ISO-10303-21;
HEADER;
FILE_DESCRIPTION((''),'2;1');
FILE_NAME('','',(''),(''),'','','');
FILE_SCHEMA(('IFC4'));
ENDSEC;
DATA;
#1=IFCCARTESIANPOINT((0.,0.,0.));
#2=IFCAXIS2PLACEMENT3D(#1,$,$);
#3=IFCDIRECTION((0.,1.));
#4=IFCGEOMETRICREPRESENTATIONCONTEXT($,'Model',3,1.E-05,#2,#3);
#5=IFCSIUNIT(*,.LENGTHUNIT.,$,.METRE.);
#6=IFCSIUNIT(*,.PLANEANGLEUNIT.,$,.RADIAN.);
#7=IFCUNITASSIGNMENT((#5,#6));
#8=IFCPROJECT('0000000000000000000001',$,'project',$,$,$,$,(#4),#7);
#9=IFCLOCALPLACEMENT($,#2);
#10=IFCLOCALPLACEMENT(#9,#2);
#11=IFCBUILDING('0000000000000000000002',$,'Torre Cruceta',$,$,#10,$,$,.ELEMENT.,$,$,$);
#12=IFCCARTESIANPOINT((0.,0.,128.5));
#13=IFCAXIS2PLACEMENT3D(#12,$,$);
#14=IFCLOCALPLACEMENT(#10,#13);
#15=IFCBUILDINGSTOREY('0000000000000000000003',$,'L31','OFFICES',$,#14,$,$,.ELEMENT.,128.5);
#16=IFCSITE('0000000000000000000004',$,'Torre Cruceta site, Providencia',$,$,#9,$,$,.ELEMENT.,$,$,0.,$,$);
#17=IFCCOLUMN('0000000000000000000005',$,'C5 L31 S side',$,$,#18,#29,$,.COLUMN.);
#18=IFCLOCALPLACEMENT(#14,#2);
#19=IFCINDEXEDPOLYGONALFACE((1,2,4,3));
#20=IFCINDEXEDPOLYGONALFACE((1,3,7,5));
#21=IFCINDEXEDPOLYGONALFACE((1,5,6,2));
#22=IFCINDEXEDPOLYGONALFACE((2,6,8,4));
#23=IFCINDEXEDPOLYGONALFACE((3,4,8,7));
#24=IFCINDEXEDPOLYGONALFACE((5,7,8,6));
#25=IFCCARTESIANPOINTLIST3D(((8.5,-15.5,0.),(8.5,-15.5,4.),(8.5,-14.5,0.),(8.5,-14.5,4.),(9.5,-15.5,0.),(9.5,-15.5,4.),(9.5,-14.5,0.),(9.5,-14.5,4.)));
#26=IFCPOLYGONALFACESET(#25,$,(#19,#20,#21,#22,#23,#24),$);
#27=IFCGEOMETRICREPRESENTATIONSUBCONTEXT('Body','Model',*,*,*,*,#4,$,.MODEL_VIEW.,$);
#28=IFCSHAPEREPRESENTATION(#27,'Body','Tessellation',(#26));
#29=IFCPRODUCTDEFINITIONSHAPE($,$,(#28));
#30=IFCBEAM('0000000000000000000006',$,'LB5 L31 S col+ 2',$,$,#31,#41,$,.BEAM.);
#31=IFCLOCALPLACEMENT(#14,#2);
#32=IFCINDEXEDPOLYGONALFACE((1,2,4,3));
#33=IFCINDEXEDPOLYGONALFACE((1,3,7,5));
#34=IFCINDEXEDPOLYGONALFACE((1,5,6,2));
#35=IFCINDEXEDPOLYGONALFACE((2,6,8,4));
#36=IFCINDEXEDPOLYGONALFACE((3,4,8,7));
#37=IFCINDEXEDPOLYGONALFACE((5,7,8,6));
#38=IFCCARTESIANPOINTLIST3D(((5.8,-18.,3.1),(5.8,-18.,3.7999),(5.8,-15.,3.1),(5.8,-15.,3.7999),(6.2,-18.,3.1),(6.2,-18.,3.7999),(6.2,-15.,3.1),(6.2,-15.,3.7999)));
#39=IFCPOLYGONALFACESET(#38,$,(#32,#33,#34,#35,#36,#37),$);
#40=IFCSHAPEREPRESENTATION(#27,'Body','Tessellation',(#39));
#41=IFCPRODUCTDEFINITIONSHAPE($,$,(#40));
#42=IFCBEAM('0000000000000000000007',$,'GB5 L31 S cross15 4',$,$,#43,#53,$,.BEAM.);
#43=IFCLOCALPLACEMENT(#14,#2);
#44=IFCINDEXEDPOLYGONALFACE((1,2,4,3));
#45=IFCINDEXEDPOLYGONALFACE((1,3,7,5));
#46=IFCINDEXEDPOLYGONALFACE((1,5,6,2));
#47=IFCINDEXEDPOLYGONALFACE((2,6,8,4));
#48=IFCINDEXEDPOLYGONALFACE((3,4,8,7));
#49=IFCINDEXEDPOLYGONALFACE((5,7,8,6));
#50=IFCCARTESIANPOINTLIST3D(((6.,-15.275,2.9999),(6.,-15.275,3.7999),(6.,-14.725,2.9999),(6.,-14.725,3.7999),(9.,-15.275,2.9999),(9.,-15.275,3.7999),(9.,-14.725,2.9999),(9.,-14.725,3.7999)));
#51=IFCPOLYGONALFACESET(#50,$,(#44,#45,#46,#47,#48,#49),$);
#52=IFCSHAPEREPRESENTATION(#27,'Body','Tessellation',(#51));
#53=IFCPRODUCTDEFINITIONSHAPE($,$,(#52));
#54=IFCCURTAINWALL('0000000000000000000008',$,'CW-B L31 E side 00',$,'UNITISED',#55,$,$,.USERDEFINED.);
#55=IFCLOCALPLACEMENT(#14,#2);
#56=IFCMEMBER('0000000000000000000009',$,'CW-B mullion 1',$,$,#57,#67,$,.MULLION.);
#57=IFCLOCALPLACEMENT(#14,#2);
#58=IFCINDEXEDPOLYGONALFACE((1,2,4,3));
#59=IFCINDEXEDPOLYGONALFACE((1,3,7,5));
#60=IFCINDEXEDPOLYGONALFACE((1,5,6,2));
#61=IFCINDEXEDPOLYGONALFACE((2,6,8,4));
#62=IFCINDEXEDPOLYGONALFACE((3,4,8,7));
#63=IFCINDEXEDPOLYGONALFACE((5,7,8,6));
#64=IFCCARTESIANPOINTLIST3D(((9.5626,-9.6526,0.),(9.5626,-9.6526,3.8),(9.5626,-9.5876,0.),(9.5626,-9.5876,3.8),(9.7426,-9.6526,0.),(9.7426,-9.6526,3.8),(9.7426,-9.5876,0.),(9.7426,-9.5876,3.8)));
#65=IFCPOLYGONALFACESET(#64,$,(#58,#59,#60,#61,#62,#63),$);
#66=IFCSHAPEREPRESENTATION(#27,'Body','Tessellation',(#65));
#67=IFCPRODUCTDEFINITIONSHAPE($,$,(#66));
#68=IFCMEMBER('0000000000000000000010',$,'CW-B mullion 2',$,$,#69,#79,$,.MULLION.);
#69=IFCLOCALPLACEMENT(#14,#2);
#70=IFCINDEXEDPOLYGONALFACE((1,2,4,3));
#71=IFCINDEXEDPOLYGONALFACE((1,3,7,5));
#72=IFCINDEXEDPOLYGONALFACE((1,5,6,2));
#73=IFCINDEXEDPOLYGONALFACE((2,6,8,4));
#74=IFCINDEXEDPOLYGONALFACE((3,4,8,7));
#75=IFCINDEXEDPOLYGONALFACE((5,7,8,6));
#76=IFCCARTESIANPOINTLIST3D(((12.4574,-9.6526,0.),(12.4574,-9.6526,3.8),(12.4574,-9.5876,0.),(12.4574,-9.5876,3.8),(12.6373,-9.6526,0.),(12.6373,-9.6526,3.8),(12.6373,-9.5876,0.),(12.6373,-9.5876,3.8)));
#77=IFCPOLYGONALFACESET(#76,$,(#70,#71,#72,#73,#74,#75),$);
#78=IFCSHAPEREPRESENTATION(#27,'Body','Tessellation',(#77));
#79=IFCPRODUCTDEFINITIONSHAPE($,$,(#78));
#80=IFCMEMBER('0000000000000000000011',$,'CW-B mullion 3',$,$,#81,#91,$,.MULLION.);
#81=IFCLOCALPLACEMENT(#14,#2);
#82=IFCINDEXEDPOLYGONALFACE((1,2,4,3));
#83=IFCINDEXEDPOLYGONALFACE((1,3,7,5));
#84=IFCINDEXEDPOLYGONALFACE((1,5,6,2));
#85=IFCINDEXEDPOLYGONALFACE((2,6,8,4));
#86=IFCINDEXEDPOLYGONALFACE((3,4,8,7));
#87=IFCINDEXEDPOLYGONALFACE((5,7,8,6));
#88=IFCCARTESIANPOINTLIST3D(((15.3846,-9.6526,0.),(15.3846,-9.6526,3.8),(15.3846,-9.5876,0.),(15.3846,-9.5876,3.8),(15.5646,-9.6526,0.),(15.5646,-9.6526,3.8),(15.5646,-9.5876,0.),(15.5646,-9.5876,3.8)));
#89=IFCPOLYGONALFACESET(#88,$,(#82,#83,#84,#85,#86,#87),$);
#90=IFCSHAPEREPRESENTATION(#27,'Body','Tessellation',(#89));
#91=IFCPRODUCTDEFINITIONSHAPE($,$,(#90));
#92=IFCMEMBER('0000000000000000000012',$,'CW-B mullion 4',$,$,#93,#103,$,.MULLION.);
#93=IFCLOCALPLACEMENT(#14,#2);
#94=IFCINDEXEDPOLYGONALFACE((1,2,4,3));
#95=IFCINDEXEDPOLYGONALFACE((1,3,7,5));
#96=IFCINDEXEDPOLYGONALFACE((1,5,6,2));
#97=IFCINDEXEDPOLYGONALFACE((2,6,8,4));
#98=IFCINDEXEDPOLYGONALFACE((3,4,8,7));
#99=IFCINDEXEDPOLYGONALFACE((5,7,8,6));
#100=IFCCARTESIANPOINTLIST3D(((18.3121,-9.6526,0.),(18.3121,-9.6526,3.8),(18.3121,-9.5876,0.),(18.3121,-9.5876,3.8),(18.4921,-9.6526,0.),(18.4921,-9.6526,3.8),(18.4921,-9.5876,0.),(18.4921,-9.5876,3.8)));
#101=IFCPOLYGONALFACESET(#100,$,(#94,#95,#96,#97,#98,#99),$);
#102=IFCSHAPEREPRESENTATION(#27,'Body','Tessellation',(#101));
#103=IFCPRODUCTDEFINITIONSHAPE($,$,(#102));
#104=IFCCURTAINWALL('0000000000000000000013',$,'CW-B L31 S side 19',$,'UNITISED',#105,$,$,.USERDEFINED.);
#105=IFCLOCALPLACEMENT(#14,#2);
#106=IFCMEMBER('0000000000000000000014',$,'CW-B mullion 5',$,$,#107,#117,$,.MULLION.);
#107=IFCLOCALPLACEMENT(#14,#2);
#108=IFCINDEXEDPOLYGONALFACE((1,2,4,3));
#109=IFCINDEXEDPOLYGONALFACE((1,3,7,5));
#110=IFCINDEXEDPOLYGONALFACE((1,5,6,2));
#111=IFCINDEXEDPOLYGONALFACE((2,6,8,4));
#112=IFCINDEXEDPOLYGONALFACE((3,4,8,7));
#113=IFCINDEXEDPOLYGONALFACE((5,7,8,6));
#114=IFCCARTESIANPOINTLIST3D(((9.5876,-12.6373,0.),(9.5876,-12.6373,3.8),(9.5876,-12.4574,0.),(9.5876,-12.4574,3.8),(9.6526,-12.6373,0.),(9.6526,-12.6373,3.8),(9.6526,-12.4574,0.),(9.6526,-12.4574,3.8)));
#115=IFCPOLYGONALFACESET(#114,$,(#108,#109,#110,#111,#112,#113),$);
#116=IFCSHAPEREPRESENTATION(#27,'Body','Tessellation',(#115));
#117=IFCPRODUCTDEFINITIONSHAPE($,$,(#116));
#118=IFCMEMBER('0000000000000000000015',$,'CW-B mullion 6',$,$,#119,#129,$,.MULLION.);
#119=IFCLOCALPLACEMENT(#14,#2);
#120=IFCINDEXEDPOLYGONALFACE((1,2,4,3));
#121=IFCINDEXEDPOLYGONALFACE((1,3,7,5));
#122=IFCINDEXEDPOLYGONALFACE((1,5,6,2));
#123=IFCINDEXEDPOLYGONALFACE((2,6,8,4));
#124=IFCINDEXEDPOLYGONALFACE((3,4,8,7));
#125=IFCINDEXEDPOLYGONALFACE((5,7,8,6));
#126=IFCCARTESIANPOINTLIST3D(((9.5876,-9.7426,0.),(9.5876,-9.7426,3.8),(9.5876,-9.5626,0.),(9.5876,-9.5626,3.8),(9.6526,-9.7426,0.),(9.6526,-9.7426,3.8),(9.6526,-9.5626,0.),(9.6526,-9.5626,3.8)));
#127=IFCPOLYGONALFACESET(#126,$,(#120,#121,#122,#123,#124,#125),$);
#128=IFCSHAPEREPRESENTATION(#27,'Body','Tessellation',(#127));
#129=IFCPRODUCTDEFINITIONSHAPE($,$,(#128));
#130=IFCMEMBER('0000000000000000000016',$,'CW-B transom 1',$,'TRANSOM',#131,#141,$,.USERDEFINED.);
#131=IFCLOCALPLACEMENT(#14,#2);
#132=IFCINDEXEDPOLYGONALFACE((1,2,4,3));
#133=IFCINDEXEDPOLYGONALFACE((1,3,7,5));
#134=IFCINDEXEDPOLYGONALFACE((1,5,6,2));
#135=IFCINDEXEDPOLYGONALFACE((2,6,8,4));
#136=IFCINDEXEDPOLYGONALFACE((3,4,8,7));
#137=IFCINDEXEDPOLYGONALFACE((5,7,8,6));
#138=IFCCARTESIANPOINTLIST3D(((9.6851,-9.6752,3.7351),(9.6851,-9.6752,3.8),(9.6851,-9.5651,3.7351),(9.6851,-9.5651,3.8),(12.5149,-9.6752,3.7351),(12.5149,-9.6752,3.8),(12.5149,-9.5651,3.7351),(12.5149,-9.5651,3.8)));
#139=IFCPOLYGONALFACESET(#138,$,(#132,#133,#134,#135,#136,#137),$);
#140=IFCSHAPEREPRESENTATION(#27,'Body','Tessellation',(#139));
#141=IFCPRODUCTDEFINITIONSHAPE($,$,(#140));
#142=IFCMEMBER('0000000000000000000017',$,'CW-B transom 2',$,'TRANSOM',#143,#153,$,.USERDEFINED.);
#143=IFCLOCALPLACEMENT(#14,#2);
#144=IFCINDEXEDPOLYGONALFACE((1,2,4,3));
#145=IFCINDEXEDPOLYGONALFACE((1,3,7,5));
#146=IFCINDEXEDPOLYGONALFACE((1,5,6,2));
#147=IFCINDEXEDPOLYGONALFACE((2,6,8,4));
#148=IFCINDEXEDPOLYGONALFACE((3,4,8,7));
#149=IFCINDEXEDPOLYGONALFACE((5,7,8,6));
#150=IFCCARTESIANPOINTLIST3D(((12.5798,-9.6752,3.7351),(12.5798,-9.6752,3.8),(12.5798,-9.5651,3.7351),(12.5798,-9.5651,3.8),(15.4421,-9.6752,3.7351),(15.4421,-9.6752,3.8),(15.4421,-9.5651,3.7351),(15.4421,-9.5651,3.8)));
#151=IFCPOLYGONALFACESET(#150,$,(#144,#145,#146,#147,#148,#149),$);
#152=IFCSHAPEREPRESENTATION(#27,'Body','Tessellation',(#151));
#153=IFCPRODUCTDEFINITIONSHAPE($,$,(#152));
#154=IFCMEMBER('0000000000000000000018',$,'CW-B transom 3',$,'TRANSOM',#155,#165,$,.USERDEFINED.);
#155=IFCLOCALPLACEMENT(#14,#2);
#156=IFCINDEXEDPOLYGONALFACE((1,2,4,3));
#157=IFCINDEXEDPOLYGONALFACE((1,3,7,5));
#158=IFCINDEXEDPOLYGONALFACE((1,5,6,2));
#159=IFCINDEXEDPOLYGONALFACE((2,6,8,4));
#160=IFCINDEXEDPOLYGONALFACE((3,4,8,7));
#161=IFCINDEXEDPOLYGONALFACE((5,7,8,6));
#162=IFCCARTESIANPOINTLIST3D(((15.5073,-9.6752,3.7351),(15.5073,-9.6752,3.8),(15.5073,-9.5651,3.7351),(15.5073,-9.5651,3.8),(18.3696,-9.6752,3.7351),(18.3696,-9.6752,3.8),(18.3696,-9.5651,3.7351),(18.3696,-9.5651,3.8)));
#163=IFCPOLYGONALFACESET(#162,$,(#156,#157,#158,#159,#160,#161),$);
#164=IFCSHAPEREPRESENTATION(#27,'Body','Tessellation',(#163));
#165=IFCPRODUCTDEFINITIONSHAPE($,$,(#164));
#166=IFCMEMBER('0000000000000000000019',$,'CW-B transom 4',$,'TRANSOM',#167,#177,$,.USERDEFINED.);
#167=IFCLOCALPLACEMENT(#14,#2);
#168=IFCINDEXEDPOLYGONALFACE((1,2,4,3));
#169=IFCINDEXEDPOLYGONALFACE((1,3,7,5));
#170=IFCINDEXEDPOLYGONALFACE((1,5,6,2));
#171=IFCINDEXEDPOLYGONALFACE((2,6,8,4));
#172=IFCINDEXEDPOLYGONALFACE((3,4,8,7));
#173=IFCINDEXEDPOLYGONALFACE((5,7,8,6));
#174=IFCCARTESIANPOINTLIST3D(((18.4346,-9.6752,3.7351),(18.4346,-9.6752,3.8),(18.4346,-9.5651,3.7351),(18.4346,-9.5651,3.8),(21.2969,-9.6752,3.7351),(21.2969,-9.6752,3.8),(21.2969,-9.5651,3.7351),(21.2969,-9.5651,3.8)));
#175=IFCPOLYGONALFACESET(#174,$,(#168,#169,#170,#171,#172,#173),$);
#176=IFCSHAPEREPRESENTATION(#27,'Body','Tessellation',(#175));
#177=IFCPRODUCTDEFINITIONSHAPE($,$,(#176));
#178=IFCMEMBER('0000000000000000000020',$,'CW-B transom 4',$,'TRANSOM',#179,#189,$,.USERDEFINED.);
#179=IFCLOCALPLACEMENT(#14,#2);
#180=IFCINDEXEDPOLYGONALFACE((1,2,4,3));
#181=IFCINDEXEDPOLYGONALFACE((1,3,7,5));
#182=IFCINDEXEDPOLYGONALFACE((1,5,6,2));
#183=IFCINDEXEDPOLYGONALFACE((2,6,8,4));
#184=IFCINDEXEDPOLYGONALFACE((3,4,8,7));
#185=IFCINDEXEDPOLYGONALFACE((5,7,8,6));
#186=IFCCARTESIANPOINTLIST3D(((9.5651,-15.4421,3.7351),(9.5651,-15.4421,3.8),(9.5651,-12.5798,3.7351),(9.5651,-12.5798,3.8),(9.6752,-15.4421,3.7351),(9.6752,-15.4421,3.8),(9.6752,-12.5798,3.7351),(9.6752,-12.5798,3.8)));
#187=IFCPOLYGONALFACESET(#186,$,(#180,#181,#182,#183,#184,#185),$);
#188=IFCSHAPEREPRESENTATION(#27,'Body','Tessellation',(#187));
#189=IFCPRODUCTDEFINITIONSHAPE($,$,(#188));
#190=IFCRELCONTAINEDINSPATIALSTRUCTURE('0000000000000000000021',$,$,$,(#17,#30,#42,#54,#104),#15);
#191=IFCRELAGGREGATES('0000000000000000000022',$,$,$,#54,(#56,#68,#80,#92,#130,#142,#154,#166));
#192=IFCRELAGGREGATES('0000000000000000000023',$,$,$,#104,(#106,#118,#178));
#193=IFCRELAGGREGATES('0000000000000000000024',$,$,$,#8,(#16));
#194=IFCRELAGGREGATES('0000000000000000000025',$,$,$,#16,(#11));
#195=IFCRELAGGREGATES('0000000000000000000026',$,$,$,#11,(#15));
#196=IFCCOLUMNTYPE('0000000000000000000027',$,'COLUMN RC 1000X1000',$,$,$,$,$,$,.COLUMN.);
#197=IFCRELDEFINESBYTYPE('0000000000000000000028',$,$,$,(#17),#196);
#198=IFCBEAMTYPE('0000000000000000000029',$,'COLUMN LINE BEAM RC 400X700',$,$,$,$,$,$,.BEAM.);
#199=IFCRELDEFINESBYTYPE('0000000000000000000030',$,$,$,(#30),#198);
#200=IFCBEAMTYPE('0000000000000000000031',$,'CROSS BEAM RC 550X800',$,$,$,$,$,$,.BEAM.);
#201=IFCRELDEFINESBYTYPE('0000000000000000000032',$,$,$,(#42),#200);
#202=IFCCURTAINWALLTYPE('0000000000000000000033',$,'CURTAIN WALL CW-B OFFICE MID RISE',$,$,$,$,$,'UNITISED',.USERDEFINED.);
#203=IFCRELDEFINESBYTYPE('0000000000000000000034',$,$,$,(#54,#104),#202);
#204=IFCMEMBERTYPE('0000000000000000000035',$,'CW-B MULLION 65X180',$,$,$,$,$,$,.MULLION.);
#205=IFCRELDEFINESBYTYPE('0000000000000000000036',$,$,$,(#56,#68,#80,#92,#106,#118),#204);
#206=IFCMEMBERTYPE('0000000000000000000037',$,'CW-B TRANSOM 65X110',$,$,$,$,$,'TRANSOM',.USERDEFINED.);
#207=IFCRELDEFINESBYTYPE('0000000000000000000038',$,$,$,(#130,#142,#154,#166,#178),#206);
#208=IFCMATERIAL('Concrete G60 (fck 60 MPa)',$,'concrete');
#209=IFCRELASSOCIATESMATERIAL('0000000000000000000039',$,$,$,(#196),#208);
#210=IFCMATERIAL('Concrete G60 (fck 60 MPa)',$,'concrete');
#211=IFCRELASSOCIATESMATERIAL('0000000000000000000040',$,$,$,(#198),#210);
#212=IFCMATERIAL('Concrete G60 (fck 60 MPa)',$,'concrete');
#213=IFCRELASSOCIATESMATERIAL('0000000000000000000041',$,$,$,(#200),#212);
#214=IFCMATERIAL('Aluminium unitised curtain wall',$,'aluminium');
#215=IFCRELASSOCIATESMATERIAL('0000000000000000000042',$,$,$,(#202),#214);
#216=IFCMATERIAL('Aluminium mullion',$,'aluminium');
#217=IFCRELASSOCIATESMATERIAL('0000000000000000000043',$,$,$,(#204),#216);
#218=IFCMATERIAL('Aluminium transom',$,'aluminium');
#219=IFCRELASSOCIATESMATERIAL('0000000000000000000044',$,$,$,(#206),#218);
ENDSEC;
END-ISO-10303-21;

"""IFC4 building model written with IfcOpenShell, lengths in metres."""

from ifc_helpers import new_model, si_unit, direction, frame, origin, origin_2d, place, context, subcontext, project, spatial, rectangle, extrude, material, material_profile, profile_set, type_object, element, aggregate, save


model = new_model("IFC4")

# Units and contexts
model_context = context("Model", 3, precision=1e-05, world=origin(), true_north=direction((0.0, 1.0)))
body_context = subcontext(model_context, "Body", "Model", "MODEL_VIEW")
ifc_project = project(units=[si_unit("LENGTHUNIT", "METRE"), si_unit("PLANEANGLEUNIT", "RADIAN")], contexts=[model_context])

# Site, building, storey
site_placement = place(None, origin())
site = spatial("IfcSite", under=ifc_project, at=site_placement, Name="Torre Cruceta site, Providencia", CompositionType="ELEMENT", RefElevation=0.0)
building_placement = place(site_placement, origin())
building = spatial("IfcBuilding", under=site, at=building_placement, Name="Torre Cruceta", CompositionType="ELEMENT")
storey_placement = place(building_placement, frame((0.0, 0.0, 128.5)))
storey = spatial("IfcBuildingStorey", under=building, at=storey_placement, Name="L31", Description="OFFICES", CompositionType="ELEMENT", Elevation=128.5)

# Column
ifc_material_1 = material(Name="Concrete G60 (fck 60 MPa)", Category="concrete")
ifc_material_profile_1 = material_profile(ifc_material_1, rectangle(XDim=1.0, YDim=1.0, at=origin_2d()), Name="RC 1000X1000")
ifc_profile_set_1 = profile_set([ifc_material_profile_1], Name="Concrete G60 (fck 60 MPa)")
column_type = type_object("IfcColumnType", Name="COLUMN RC 1000X1000", PredefinedType="COLUMN", material=ifc_profile_set_1)
column_placement = place(storey_placement, frame((9.0, -15.0, 0.0), z_axis=(0.0, 0.0, 1.0), x_axis=(1.0, 0.0, 0.0)))
element("IfcColumn", 1, at=column_placement, inside=storey, type_object=column_type, Name="C5 L31 S side", PredefinedType="COLUMN", context=body_context, shape_type="SweptSolid", body=[
    extrude(rectangle(XDim=1.0, YDim=1.0, at=origin_2d()), origin(), (0.0, 0.0, 1.0), 4.0),
])

# Beams
ifc_material_2 = material(Name="Concrete G60 (fck 60 MPa)", Category="concrete")
ifc_material_profile_2 = material_profile(ifc_material_2, rectangle(XDim=0.3999, YDim=0.7, at=origin_2d()), Name="RC 400X700")
ifc_profile_set_2 = profile_set([ifc_material_profile_2], Name="Concrete G60 (fck 60 MPa)")
beam_type_1 = type_object("IfcBeamType", Name="COLUMN LINE BEAM RC 400X700", PredefinedType="BEAM", material=ifc_profile_set_2)
beam_1_placement = place(storey_placement, frame((6.0, -15.0, 3.45), z_axis=(0.0, -1.0, 0.0), x_axis=(1.0, 0.0, 0.0)))
element("IfcBeam", 2, at=beam_1_placement, inside=storey, type_object=beam_type_1, Name="LB5 L31 S col+ 2", PredefinedType="BEAM", context=body_context, shape_type="SweptSolid", body=[
    extrude(rectangle(XDim=0.3999, YDim=0.7, at=origin_2d()), origin(), (0.0, 0.0, 1.0), 3.0),
])
ifc_material_3 = material(Name="Concrete G60 (fck 60 MPa)", Category="concrete")
ifc_material_profile_3 = material_profile(ifc_material_3, rectangle(XDim=0.55, YDim=0.8, at=origin_2d()), Name="RC 550X800")
ifc_profile_set_3 = profile_set([ifc_material_profile_3], Name="Concrete G60 (fck 60 MPa)")
beam_type_2 = type_object("IfcBeamType", Name="CROSS BEAM RC 550X800", PredefinedType="BEAM", material=ifc_profile_set_3)
beam_2_placement = place(storey_placement, frame((6.0, -15.0, 3.3999), z_axis=(1.0, 0.0, 0.0), x_axis=(0.0, 1.0, 0.0)))
element("IfcBeam", 3, at=beam_2_placement, inside=storey, type_object=beam_type_2, Name="GB5 L31 S cross15 4", PredefinedType="BEAM", context=body_context, shape_type="SweptSolid", body=[
    extrude(rectangle(XDim=0.55, YDim=0.8, at=origin_2d()), origin(), (0.0, 0.0, 1.0), 3.0),
])

# Curtain walls, members
ifc_material_4 = material(Name="Aluminium unitised curtain wall", Category="aluminium")
curtain_wall_type = type_object("IfcCurtainWallType", Name="CURTAIN WALL CW-B OFFICE MID RISE", ElementType="UNITISED", PredefinedType="USERDEFINED", material=ifc_material_4)
curtain_wall_1_placement = place(storey_placement, origin())
curtain_wall_1 = element("IfcCurtainWall", 4, at=curtain_wall_1_placement, inside=storey, type_object=curtain_wall_type, Name="CW-B L31 E side 00", ObjectType="UNITISED", PredefinedType="USERDEFINED")
ifc_material_5 = material(Name="Aluminium mullion", Category="aluminium")
ifc_material_profile_4 = material_profile(ifc_material_5, rectangle(XDim=0.0649, YDim=0.1799, at=origin_2d()), Name="AL 65X180")
ifc_profile_set_4 = profile_set([ifc_material_profile_4], Name="Aluminium mullion")
member_type_1 = type_object("IfcMemberType", Name="CW-B MULLION 65X180", PredefinedType="MULLION", material=ifc_profile_set_4)
member_1_placement = place(storey_placement, frame((9.6526, -9.6201, 0.0), z_axis=(0.0, 0.0, 1.0), x_axis=(0.0, 1.0, 0.0)))
member_1 = element("IfcMember", 5, at=member_1_placement, type_object=member_type_1, Name="CW-B mullion 1", PredefinedType="MULLION", context=body_context, shape_type="SweptSolid", body=[
    extrude(rectangle(XDim=0.0649, YDim=0.1799, at=origin_2d()), origin(), (0.0, 0.0, 1.0), 3.8),
])
member_2_placement = place(storey_placement, frame((12.5474, -9.6201, 0.0), z_axis=(0.0, 0.0, 1.0), x_axis=(0.0, 1.0, 0.0)))
member_2 = element("IfcMember", 6, at=member_2_placement, type_object=member_type_1, Name="CW-B mullion 2", PredefinedType="MULLION", context=body_context, shape_type="SweptSolid", body=[
    extrude(rectangle(XDim=0.0649, YDim=0.1799, at=origin_2d()), origin(), (0.0, 0.0, 1.0), 3.8),
])
member_3_placement = place(storey_placement, frame((15.4746, -9.6201, 0.0), z_axis=(0.0, 0.0, 1.0), x_axis=(0.0, 1.0, 0.0)))
member_3 = element("IfcMember", 7, at=member_3_placement, type_object=member_type_1, Name="CW-B mullion 3", PredefinedType="MULLION", context=body_context, shape_type="SweptSolid", body=[
    extrude(rectangle(XDim=0.0649, YDim=0.1799, at=origin_2d()), origin(), (0.0, 0.0, 1.0), 3.8),
])
member_4_placement = place(storey_placement, frame((18.4021, -9.6201, 0.0), z_axis=(0.0, 0.0, 1.0), x_axis=(0.0, 1.0, 0.0)))
member_4 = element("IfcMember", 8, at=member_4_placement, type_object=member_type_1, Name="CW-B mullion 4", PredefinedType="MULLION", context=body_context, shape_type="SweptSolid", body=[
    extrude(rectangle(XDim=0.0649, YDim=0.1799, at=origin_2d()), origin(), (0.0, 0.0, 1.0), 3.8),
])
curtain_wall_2_placement = place(storey_placement, origin())
curtain_wall_2 = element("IfcCurtainWall", 9, at=curtain_wall_2_placement, inside=storey, type_object=curtain_wall_type, Name="CW-B L31 S side 19", ObjectType="UNITISED", PredefinedType="USERDEFINED")
member_5_placement = place(storey_placement, frame((9.6201, -12.5474, 0.0), z_axis=(0.0, 0.0, 1.0), x_axis=(-1.0, 0.0, 0.0)))
member_5 = element("IfcMember", 10, at=member_5_placement, type_object=member_type_1, Name="CW-B mullion 5", PredefinedType="MULLION", context=body_context, shape_type="SweptSolid", body=[
    extrude(rectangle(XDim=0.0649, YDim=0.1799, at=origin_2d()), origin(), (0.0, 0.0, 1.0), 3.8),
])
member_6_placement = place(storey_placement, frame((9.6201, -9.6526, 0.0), z_axis=(0.0, 0.0, 1.0), x_axis=(-1.0, 0.0, 0.0)))
member_6 = element("IfcMember", 11, at=member_6_placement, type_object=member_type_1, Name="CW-B mullion 6", PredefinedType="MULLION", context=body_context, shape_type="SweptSolid", body=[
    extrude(rectangle(XDim=0.0649, YDim=0.1799, at=origin_2d()), origin(), (0.0, 0.0, 1.0), 3.8),
])

# Members
ifc_material_6 = material(Name="Aluminium transom", Category="aluminium")
ifc_material_profile_5 = material_profile(ifc_material_6, rectangle(XDim=0.1101, YDim=0.0649, at=origin_2d()), Name="AL 110X65")
ifc_profile_set_5 = profile_set([ifc_material_profile_5], Name="Aluminium transom")
member_type_2 = type_object("IfcMemberType", Name="CW-B TRANSOM 65X110", ElementType="TRANSOM", PredefinedType="USERDEFINED", material=ifc_profile_set_5)
member_7_placement = place(storey_placement, frame((9.6851, -9.6201, 3.7676), z_axis=(1.0, 0.0, 0.0), x_axis=(0.0, 1.0, 0.0)))
member_7 = element("IfcMember", 12, at=member_7_placement, type_object=member_type_2, Name="CW-B transom 1", ObjectType="TRANSOM", PredefinedType="USERDEFINED", context=body_context, shape_type="SweptSolid", body=[
    extrude(rectangle(XDim=0.1101, YDim=0.0649, at=origin_2d()), origin(), (0.0, 0.0, 1.0), 2.8298),
])
member_8_placement = place(storey_placement, frame((12.5798, -9.6201, 3.7676), z_axis=(1.0, 0.0, 0.0), x_axis=(0.0, 1.0, 0.0)))
member_8 = element("IfcMember", 13, at=member_8_placement, type_object=member_type_2, Name="CW-B transom 2", ObjectType="TRANSOM", PredefinedType="USERDEFINED", context=body_context, shape_type="SweptSolid", body=[
    extrude(rectangle(XDim=0.1101, YDim=0.0649, at=origin_2d()), origin(), (0.0, 0.0, 1.0), 2.8623),
])
member_9_placement = place(storey_placement, frame((15.5073, -9.6201, 3.7676), z_axis=(1.0, 0.0, 0.0), x_axis=(0.0, 1.0, 0.0)))
member_9 = element("IfcMember", 14, at=member_9_placement, type_object=member_type_2, Name="CW-B transom 3", ObjectType="TRANSOM", PredefinedType="USERDEFINED", context=body_context, shape_type="SweptSolid", body=[
    extrude(rectangle(XDim=0.1101, YDim=0.0649, at=origin_2d()), origin(), (0.0, 0.0, 1.0), 2.8623),
])
member_10_placement = place(storey_placement, frame((18.4346, -9.6201, 3.7676), z_axis=(1.0, 0.0, 0.0), x_axis=(0.0, 1.0, 0.0)))
member_10 = element("IfcMember", 15, at=member_10_placement, type_object=member_type_2, Name="CW-B transom 4", ObjectType="TRANSOM", PredefinedType="USERDEFINED", context=body_context, shape_type="SweptSolid", body=[
    extrude(rectangle(XDim=0.1101, YDim=0.0649, at=origin_2d()), origin(), (0.0, 0.0, 1.0), 2.8623),
])
member_11_placement = place(storey_placement, frame((9.6201, -15.4421, 3.7676), z_axis=(0.0, 1.0, 0.0), x_axis=(-1.0, 0.0, 0.0)))
member_11 = element("IfcMember", 16, at=member_11_placement, type_object=member_type_2, Name="CW-B transom 4", ObjectType="TRANSOM", PredefinedType="USERDEFINED", context=body_context, shape_type="SweptSolid", body=[
    extrude(rectangle(XDim=0.1101, YDim=0.0649, at=origin_2d()), origin(), (0.0, 0.0, 1.0), 2.8623),
])

aggregate(curtain_wall_1, [member_1, member_2, member_3, member_4, member_7, member_8, member_9, member_10])
aggregate(curtain_wall_2, [member_5, member_6, member_11])

save(model, "model.ifc")
